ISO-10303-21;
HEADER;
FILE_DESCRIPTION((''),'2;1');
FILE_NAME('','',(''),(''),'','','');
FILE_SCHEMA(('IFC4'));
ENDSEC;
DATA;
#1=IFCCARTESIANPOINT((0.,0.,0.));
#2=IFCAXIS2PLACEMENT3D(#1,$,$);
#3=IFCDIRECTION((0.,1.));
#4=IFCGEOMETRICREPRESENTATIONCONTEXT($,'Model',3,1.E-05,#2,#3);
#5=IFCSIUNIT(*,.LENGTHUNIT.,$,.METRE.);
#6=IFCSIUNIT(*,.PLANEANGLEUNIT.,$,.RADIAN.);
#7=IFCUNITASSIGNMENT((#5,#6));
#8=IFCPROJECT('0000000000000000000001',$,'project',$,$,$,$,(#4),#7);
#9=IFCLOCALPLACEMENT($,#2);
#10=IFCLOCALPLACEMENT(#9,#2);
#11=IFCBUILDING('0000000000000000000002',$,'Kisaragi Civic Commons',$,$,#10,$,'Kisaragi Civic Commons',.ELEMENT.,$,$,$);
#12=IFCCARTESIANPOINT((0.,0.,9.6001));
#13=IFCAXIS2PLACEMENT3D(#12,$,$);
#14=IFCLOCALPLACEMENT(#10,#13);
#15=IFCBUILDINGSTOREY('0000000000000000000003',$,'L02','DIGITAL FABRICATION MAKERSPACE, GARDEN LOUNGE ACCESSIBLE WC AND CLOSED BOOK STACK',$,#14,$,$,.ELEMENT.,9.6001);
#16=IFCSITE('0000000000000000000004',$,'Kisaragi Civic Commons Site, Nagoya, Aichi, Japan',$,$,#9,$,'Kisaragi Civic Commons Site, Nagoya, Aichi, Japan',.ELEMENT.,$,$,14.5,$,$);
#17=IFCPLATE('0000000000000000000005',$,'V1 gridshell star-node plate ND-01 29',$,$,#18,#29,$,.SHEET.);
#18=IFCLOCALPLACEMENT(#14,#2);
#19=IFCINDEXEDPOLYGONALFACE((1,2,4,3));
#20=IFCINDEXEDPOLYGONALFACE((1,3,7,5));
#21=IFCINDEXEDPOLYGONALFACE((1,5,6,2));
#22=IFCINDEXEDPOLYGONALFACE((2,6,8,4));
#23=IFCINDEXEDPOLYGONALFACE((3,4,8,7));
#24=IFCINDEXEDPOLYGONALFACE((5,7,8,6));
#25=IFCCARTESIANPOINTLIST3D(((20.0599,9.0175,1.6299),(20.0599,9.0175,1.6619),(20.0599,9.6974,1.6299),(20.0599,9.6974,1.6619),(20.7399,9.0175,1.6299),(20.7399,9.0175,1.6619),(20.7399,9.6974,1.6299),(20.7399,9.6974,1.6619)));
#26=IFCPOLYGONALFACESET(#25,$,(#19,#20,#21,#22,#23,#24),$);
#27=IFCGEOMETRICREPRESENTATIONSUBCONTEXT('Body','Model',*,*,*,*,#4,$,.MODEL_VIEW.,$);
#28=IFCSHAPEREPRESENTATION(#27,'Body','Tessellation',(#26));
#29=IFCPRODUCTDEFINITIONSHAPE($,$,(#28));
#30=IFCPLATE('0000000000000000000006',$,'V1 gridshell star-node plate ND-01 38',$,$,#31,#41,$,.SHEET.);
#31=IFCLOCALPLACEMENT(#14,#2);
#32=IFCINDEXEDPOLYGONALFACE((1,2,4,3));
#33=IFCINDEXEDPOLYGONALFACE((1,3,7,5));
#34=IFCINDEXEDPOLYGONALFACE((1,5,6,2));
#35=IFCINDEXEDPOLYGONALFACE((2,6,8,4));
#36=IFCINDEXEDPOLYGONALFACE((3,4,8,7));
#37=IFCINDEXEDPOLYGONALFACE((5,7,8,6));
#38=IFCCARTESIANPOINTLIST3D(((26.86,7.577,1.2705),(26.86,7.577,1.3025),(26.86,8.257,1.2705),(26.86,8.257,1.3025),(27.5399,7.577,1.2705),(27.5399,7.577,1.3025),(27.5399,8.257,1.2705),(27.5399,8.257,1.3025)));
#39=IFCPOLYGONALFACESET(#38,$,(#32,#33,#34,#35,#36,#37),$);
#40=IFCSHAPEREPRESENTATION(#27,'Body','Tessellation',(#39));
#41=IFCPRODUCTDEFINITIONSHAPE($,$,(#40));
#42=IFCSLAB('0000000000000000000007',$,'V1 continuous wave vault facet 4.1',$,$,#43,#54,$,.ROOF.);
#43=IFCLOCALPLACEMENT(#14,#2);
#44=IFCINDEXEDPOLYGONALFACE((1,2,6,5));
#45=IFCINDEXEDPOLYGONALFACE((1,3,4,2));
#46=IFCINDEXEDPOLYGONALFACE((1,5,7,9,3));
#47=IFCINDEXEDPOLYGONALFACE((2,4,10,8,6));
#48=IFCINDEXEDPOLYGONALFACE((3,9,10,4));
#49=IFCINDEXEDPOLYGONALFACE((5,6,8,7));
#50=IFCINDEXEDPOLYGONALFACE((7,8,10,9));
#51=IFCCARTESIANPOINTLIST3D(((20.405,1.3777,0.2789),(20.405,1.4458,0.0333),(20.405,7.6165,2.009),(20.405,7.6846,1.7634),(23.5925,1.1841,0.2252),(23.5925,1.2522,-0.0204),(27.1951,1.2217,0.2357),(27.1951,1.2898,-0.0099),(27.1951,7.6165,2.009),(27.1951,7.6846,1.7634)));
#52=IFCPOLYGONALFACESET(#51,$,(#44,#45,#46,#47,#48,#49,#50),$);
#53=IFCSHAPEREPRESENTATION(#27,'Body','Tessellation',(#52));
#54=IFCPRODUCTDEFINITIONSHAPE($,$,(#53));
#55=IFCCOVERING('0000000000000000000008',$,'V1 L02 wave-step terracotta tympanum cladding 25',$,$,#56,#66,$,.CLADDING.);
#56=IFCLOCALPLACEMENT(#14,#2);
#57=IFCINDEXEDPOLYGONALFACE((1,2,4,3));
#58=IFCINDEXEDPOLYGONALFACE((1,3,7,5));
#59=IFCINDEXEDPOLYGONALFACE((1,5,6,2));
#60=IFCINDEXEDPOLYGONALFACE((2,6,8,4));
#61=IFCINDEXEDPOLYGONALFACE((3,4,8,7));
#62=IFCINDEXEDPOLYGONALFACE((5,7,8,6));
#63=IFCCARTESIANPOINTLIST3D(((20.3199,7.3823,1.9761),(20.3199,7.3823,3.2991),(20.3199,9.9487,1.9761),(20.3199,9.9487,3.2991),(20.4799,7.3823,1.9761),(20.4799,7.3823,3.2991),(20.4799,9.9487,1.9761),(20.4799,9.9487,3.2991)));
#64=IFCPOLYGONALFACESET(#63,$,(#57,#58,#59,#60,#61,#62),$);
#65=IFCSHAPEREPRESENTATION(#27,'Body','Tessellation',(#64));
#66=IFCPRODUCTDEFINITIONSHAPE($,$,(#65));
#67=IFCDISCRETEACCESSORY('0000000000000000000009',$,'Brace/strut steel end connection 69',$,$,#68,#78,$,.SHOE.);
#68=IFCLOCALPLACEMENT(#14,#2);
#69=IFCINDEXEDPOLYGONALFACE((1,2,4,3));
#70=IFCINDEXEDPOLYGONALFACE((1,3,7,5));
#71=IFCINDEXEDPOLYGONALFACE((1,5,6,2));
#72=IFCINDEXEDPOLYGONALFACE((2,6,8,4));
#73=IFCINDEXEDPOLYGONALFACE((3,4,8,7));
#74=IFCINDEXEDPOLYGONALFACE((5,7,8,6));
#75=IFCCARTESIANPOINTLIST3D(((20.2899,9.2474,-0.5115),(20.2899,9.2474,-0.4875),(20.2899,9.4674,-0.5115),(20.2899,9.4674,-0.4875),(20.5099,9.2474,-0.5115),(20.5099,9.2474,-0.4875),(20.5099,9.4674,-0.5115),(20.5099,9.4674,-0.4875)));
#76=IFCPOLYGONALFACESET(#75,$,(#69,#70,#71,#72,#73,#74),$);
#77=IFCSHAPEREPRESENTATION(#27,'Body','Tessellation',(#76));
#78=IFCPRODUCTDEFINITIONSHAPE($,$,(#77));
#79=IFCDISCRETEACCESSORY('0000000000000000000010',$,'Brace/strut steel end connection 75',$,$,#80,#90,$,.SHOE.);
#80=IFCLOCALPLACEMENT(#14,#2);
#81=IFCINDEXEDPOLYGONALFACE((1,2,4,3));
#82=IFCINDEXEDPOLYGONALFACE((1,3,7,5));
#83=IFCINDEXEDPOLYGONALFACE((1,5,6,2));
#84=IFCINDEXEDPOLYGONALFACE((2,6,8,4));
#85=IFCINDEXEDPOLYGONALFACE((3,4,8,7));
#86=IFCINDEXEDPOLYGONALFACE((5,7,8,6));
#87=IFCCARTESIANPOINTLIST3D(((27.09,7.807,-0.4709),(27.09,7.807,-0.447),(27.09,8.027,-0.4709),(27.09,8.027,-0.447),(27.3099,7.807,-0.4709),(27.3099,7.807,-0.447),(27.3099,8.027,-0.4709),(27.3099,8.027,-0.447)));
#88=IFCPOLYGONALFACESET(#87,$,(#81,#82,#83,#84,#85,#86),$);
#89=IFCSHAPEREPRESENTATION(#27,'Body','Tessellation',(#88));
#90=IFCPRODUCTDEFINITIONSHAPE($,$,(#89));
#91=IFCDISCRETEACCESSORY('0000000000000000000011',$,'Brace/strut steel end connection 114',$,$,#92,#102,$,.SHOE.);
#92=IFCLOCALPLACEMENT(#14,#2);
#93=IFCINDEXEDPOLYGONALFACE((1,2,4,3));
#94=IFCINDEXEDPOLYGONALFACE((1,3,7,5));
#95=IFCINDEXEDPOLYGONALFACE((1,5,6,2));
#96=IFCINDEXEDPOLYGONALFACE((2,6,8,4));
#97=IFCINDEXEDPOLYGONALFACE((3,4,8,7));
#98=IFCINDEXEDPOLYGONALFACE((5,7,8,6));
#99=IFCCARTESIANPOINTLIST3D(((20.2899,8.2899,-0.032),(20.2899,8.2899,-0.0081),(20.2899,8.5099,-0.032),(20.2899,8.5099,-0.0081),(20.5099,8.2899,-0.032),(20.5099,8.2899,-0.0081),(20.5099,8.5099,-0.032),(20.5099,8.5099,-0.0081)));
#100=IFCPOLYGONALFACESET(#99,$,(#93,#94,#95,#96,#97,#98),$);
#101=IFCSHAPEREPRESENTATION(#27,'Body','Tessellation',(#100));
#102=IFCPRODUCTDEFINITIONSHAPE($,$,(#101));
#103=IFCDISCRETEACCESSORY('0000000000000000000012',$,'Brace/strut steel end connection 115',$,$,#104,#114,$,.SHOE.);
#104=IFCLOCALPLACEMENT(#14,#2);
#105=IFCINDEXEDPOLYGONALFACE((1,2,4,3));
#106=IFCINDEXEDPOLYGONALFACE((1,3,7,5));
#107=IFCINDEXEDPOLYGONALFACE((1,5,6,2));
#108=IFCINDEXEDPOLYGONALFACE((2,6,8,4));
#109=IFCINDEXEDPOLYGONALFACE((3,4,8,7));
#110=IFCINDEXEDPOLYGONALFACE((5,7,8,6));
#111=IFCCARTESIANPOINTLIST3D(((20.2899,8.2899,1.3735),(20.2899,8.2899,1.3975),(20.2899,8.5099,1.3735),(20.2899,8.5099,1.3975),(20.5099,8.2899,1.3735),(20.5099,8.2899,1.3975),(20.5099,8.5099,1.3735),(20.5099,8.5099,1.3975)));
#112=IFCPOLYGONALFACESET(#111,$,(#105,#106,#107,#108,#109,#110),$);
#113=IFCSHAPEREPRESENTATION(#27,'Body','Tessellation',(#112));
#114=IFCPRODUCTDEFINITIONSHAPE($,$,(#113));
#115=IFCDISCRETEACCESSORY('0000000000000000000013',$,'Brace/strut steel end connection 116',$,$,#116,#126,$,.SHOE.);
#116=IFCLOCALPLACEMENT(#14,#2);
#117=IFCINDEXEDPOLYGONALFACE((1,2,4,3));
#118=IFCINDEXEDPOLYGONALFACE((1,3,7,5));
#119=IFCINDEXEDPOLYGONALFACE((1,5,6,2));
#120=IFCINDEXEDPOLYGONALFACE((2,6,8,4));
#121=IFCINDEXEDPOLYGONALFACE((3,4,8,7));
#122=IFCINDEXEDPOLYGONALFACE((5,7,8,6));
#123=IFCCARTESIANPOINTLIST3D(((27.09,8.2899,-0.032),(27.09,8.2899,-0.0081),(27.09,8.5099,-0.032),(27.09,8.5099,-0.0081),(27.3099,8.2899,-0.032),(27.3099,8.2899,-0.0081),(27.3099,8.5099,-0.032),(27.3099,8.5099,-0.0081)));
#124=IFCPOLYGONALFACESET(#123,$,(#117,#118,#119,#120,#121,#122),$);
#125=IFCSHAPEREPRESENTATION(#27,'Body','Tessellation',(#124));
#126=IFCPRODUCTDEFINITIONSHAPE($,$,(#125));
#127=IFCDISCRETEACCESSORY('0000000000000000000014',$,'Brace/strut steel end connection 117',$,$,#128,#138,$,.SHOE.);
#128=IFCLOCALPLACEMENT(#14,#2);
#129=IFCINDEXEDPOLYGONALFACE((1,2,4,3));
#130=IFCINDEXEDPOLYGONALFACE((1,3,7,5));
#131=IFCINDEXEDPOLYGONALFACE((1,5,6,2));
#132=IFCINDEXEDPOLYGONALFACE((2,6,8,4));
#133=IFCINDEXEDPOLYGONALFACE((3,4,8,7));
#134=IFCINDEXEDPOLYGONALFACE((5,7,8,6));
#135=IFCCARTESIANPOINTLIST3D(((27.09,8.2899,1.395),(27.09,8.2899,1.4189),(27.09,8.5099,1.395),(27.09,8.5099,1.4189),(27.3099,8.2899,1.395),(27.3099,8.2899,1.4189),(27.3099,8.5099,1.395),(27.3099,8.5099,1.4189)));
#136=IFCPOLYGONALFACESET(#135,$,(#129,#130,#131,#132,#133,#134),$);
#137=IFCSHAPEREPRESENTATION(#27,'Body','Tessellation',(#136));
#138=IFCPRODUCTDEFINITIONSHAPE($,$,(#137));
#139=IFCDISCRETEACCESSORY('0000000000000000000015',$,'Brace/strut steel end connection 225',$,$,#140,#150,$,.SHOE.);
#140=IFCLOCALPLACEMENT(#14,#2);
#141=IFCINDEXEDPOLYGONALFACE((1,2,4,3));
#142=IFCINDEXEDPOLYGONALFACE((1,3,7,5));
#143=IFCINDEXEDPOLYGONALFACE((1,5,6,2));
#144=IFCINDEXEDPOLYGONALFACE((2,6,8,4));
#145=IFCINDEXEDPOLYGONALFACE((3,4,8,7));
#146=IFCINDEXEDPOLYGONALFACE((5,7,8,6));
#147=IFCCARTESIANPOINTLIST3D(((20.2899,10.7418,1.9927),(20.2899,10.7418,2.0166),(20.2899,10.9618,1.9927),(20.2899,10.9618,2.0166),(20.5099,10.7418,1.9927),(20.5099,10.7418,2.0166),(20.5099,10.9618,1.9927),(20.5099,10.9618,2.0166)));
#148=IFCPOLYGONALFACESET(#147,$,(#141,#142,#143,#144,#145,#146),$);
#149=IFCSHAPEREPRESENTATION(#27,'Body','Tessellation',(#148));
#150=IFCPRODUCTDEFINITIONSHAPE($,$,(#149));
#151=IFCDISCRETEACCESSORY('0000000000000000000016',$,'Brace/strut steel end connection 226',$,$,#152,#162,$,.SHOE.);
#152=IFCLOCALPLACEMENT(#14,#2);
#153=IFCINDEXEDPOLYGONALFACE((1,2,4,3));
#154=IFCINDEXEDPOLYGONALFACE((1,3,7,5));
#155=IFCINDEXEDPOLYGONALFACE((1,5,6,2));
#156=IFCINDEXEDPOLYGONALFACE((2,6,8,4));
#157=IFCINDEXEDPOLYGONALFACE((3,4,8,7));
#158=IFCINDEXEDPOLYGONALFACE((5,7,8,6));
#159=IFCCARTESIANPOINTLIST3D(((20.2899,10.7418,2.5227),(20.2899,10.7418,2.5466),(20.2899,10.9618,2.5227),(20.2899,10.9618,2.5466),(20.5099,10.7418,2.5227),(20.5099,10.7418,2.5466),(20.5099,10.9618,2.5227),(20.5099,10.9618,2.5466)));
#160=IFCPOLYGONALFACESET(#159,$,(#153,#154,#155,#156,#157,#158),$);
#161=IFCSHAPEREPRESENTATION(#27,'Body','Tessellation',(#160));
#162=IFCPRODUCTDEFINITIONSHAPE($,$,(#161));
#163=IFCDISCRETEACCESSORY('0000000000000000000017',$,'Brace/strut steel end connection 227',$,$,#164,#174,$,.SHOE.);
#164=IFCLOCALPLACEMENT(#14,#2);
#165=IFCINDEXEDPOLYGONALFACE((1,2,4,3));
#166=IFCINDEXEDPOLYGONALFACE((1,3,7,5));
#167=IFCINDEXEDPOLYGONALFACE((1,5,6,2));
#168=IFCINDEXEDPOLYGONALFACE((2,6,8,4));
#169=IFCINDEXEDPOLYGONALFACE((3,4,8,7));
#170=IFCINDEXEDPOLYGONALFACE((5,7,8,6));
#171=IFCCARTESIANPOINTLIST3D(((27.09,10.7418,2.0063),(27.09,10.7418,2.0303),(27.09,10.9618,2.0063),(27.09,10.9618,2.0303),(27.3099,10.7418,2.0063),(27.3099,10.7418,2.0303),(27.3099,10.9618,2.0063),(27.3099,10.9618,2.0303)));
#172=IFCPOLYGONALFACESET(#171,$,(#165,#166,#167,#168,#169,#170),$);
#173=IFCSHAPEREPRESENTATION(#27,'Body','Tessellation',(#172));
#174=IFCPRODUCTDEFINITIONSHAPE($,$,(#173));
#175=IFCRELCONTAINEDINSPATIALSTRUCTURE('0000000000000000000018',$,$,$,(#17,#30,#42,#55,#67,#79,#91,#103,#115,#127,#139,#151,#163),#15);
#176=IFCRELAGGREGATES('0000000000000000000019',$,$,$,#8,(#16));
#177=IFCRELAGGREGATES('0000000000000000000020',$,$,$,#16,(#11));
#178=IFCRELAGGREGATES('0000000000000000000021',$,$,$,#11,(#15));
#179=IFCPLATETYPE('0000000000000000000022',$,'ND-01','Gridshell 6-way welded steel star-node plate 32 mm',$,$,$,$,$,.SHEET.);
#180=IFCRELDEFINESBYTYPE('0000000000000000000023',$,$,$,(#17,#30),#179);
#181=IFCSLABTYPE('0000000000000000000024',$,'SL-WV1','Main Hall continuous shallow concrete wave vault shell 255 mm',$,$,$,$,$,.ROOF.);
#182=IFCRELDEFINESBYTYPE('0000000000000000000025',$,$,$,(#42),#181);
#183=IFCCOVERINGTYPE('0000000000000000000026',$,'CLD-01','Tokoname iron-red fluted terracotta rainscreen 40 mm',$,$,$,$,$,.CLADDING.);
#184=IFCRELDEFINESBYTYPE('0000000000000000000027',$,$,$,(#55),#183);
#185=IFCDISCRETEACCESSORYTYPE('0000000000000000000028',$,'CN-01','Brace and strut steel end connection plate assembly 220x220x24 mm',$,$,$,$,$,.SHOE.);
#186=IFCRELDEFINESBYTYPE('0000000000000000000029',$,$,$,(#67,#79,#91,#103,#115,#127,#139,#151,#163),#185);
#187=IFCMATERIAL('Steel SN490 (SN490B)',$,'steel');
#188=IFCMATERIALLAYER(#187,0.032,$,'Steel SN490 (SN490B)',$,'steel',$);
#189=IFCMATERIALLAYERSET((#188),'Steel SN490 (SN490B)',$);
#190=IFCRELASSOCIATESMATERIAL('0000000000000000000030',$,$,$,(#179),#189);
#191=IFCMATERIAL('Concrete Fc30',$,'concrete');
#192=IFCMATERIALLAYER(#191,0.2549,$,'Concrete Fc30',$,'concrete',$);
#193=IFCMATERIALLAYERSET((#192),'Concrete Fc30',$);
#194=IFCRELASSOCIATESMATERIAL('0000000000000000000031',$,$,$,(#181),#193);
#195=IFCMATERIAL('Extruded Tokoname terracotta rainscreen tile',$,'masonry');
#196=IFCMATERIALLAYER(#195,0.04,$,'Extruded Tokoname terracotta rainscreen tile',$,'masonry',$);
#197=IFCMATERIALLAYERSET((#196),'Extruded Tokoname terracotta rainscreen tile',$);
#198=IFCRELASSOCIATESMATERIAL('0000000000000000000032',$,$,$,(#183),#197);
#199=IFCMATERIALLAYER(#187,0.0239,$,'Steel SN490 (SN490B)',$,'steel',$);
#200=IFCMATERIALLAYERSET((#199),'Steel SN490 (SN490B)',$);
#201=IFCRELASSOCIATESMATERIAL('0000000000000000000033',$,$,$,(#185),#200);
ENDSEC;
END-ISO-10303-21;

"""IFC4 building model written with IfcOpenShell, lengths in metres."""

from ifc_helpers import new_model, si_unit, direction, frame, origin, origin_2d, place, context, subcontext, project, spatial, polyline, rectangle, outline, extrude, material, layer, layer_set, type_object, element, save


model = new_model("IFC4")

# Units and contexts
model_context = context("Model", 3, precision=1e-05, world=origin(), true_north=direction((0.0, 1.0)))
body_context = subcontext(model_context, "Body", "Model", "MODEL_VIEW")
ifc_project = project(units=[si_unit("LENGTHUNIT", "METRE"), si_unit("PLANEANGLEUNIT", "RADIAN")], contexts=[model_context])

# Site, building, storey
site_placement = place(None, origin())
site = spatial("IfcSite", under=ifc_project, at=site_placement, Name="Kisaragi Civic Commons Site, Nagoya, Aichi, Japan", LongName="Kisaragi Civic Commons Site, Nagoya, Aichi, Japan", CompositionType="ELEMENT", RefElevation=14.5)
building_placement = place(site_placement, origin())
building = spatial("IfcBuilding", under=site, at=building_placement, Name="Kisaragi Civic Commons", LongName="Kisaragi Civic Commons", CompositionType="ELEMENT")
storey_placement = place(building_placement, frame((0.0, 0.0, 9.6001)))
storey = spatial("IfcBuildingStorey", under=building, at=storey_placement, Name="L02", Description="DIGITAL FABRICATION MAKERSPACE, GARDEN LOUNGE ACCESSIBLE WC AND CLOSED BOOK STACK", CompositionType="ELEMENT", Elevation=9.6001)

# Shared definitions
ifc_material_1 = material(Name="Steel SN490 (SN490B)", Category="steel")

# Plates
ifc_layer_1 = layer(ifc_material_1, 0.032, Name="Steel SN490 (SN490B)", Category="steel")
ifc_layer_set_1 = layer_set([ifc_layer_1], Name="Steel SN490 (SN490B)")
plate_type_1 = type_object("IfcPlateType", Name="ND-01", Description="Gridshell 6-way welded steel star-node plate 32 mm", PredefinedType="SHEET", material=ifc_layer_set_1)
for number, where, z_axis, x_axis, name in (
    (1, (20.3999, 9.3574, 1.6299), (0.0, 0.0, 1.0), (1.0, 0.0, 0.0), "V1 gridshell star-node plate ND-01 29"),
    (2, (27.2, 7.917, 1.2705), (0.0, 0.0, 1.0), (1.0, 0.0, 0.0), "V1 gridshell star-node plate ND-01 38"),
):
    element("IfcPlate", number, at=place(storey_placement, frame(where, z_axis=z_axis, x_axis=x_axis)), inside=storey, type_object=plate_type_1, Name=name, PredefinedType="SHEET", context=body_context, shape_type="SweptSolid", body=[
        extrude(rectangle(XDim=0.6799, YDim=0.6799, at=origin_2d()), origin(), (0.0, 0.0, 1.0), 0.032),
    ])

# Slab
ifc_material_2 = material(Name="Concrete Fc30", Category="concrete")
ifc_layer_2 = layer(ifc_material_2, 0.2549, Name="Concrete Fc30", Category="concrete")
ifc_layer_set_2 = layer_set([ifc_layer_2], Name="Concrete Fc30")
slab_type = type_object("IfcSlabType", Name="SL-WV1", Description="Main Hall continuous shallow concrete wave vault shell 255 mm", PredefinedType="ROOF", material=ifc_layer_set_2)
slab_placement = place(storey_placement, frame((27.1951, 7.6165, 2.009), z_axis=(-0.000003, -0.267229, 0.963633), x_axis=(-1.0, 0.000001, -0.000003)))
element("IfcSlab", 3, at=slab_placement, inside=storey, type_object=slab_type, Name="V1 continuous wave vault facet 4.1", PredefinedType="ROOF", context=body_context, shape_type="SweptSolid", body=[
    extrude(outline(polyline([(0.0, 0.0), (6.79, 0.0), (6.79, 6.4743), (3.6025, 6.6751), (0.0, 6.6361), (0.0, 0.0)])), origin(), (0.0, 0.0, -1.0), 0.2549),
])

# Covering
ifc_material_3 = material(Name="Extruded Tokoname terracotta rainscreen tile", Category="masonry")
ifc_layer_3 = layer(ifc_material_3, 0.04, Name="Extruded Tokoname terracotta rainscreen tile", Category="masonry")
ifc_layer_set_3 = layer_set([ifc_layer_3], Name="Extruded Tokoname terracotta rainscreen tile")
covering_type = type_object("IfcCoveringType", Name="CLD-01", Description="Tokoname iron-red fluted terracotta rainscreen 40 mm", PredefinedType="CLADDING", material=ifc_layer_set_3)
covering_placement = place(storey_placement, frame((20.3999, 8.6655, 1.9761), z_axis=(0.0, 0.0, 1.0), x_axis=(0.0, 1.0, 0.0)))
element("IfcCovering", 4, at=covering_placement, inside=storey, type_object=covering_type, Name="V1 L02 wave-step terracotta tympanum cladding 25", PredefinedType="CLADDING", context=body_context, shape_type="SweptSolid", body=[
    extrude(rectangle(XDim=2.5664, YDim=0.1599, at=origin_2d()), origin(), (0.0, 0.0, 1.0), 1.323),
])

# Discrete accessories
ifc_layer_4 = layer(ifc_material_1, 0.0239, Name="Steel SN490 (SN490B)", Category="steel")
ifc_layer_set_4 = layer_set([ifc_layer_4], Name="Steel SN490 (SN490B)")
discrete_accessory_type = type_object("IfcDiscreteAccessoryType", Name="CN-01", Description="Brace and strut steel end connection plate assembly 220x220x24 mm", PredefinedType="SHOE", material=ifc_layer_set_4)
for number, where, z_axis, x_axis, name in (
    (5, (20.3999, 9.3574, -0.5115), (0.0, 0.0, 1.0), (1.0, 0.0, 0.0), "Brace/strut steel end connection 69"),
    (6, (27.2, 7.917, -0.4709), (0.0, 0.0, 1.0), (1.0, 0.0, 0.0), "Brace/strut steel end connection 75"),
    (7, (20.3999, 8.3999, -0.032), (0.0, 0.0, 1.0), (1.0, 0.0, 0.0), "Brace/strut steel end connection 114"),
    (8, (20.3999, 8.3999, 1.3735), (0.0, 0.0, 1.0), (1.0, 0.0, 0.0), "Brace/strut steel end connection 115"),
    (9, (27.2, 8.3999, -0.032), (0.0, 0.0, 1.0), (1.0, 0.0, 0.0), "Brace/strut steel end connection 116"),
    (10, (27.2, 8.3999, 1.395), (0.0, 0.0, 1.0), (1.0, 0.0, 0.0), "Brace/strut steel end connection 117"),
    (11, (20.3999, 10.8518, 1.9927), (0.0, 0.0, 1.0), (1.0, 0.0, 0.0), "Brace/strut steel end connection 225"),
    (12, (20.3999, 10.8518, 2.5227), (0.0, 0.0, 1.0), (1.0, 0.0, 0.0), "Brace/strut steel end connection 226"),
    (13, (27.2, 10.8518, 2.0063), (0.0, 0.0, 1.0), (1.0, 0.0, 0.0), "Brace/strut steel end connection 227"),
):
    element("IfcDiscreteAccessory", number, at=place(storey_placement, frame(where, z_axis=z_axis, x_axis=x_axis)), inside=storey, type_object=discrete_accessory_type, Name=name, PredefinedType="SHOE", context=body_context, shape_type="SweptSolid", body=[
        extrude(rectangle(XDim=0.22, YDim=0.22, at=origin_2d()), origin(), (0.0, 0.0, 1.0), 0.0239),
    ])

save(model, "model.ifc")
